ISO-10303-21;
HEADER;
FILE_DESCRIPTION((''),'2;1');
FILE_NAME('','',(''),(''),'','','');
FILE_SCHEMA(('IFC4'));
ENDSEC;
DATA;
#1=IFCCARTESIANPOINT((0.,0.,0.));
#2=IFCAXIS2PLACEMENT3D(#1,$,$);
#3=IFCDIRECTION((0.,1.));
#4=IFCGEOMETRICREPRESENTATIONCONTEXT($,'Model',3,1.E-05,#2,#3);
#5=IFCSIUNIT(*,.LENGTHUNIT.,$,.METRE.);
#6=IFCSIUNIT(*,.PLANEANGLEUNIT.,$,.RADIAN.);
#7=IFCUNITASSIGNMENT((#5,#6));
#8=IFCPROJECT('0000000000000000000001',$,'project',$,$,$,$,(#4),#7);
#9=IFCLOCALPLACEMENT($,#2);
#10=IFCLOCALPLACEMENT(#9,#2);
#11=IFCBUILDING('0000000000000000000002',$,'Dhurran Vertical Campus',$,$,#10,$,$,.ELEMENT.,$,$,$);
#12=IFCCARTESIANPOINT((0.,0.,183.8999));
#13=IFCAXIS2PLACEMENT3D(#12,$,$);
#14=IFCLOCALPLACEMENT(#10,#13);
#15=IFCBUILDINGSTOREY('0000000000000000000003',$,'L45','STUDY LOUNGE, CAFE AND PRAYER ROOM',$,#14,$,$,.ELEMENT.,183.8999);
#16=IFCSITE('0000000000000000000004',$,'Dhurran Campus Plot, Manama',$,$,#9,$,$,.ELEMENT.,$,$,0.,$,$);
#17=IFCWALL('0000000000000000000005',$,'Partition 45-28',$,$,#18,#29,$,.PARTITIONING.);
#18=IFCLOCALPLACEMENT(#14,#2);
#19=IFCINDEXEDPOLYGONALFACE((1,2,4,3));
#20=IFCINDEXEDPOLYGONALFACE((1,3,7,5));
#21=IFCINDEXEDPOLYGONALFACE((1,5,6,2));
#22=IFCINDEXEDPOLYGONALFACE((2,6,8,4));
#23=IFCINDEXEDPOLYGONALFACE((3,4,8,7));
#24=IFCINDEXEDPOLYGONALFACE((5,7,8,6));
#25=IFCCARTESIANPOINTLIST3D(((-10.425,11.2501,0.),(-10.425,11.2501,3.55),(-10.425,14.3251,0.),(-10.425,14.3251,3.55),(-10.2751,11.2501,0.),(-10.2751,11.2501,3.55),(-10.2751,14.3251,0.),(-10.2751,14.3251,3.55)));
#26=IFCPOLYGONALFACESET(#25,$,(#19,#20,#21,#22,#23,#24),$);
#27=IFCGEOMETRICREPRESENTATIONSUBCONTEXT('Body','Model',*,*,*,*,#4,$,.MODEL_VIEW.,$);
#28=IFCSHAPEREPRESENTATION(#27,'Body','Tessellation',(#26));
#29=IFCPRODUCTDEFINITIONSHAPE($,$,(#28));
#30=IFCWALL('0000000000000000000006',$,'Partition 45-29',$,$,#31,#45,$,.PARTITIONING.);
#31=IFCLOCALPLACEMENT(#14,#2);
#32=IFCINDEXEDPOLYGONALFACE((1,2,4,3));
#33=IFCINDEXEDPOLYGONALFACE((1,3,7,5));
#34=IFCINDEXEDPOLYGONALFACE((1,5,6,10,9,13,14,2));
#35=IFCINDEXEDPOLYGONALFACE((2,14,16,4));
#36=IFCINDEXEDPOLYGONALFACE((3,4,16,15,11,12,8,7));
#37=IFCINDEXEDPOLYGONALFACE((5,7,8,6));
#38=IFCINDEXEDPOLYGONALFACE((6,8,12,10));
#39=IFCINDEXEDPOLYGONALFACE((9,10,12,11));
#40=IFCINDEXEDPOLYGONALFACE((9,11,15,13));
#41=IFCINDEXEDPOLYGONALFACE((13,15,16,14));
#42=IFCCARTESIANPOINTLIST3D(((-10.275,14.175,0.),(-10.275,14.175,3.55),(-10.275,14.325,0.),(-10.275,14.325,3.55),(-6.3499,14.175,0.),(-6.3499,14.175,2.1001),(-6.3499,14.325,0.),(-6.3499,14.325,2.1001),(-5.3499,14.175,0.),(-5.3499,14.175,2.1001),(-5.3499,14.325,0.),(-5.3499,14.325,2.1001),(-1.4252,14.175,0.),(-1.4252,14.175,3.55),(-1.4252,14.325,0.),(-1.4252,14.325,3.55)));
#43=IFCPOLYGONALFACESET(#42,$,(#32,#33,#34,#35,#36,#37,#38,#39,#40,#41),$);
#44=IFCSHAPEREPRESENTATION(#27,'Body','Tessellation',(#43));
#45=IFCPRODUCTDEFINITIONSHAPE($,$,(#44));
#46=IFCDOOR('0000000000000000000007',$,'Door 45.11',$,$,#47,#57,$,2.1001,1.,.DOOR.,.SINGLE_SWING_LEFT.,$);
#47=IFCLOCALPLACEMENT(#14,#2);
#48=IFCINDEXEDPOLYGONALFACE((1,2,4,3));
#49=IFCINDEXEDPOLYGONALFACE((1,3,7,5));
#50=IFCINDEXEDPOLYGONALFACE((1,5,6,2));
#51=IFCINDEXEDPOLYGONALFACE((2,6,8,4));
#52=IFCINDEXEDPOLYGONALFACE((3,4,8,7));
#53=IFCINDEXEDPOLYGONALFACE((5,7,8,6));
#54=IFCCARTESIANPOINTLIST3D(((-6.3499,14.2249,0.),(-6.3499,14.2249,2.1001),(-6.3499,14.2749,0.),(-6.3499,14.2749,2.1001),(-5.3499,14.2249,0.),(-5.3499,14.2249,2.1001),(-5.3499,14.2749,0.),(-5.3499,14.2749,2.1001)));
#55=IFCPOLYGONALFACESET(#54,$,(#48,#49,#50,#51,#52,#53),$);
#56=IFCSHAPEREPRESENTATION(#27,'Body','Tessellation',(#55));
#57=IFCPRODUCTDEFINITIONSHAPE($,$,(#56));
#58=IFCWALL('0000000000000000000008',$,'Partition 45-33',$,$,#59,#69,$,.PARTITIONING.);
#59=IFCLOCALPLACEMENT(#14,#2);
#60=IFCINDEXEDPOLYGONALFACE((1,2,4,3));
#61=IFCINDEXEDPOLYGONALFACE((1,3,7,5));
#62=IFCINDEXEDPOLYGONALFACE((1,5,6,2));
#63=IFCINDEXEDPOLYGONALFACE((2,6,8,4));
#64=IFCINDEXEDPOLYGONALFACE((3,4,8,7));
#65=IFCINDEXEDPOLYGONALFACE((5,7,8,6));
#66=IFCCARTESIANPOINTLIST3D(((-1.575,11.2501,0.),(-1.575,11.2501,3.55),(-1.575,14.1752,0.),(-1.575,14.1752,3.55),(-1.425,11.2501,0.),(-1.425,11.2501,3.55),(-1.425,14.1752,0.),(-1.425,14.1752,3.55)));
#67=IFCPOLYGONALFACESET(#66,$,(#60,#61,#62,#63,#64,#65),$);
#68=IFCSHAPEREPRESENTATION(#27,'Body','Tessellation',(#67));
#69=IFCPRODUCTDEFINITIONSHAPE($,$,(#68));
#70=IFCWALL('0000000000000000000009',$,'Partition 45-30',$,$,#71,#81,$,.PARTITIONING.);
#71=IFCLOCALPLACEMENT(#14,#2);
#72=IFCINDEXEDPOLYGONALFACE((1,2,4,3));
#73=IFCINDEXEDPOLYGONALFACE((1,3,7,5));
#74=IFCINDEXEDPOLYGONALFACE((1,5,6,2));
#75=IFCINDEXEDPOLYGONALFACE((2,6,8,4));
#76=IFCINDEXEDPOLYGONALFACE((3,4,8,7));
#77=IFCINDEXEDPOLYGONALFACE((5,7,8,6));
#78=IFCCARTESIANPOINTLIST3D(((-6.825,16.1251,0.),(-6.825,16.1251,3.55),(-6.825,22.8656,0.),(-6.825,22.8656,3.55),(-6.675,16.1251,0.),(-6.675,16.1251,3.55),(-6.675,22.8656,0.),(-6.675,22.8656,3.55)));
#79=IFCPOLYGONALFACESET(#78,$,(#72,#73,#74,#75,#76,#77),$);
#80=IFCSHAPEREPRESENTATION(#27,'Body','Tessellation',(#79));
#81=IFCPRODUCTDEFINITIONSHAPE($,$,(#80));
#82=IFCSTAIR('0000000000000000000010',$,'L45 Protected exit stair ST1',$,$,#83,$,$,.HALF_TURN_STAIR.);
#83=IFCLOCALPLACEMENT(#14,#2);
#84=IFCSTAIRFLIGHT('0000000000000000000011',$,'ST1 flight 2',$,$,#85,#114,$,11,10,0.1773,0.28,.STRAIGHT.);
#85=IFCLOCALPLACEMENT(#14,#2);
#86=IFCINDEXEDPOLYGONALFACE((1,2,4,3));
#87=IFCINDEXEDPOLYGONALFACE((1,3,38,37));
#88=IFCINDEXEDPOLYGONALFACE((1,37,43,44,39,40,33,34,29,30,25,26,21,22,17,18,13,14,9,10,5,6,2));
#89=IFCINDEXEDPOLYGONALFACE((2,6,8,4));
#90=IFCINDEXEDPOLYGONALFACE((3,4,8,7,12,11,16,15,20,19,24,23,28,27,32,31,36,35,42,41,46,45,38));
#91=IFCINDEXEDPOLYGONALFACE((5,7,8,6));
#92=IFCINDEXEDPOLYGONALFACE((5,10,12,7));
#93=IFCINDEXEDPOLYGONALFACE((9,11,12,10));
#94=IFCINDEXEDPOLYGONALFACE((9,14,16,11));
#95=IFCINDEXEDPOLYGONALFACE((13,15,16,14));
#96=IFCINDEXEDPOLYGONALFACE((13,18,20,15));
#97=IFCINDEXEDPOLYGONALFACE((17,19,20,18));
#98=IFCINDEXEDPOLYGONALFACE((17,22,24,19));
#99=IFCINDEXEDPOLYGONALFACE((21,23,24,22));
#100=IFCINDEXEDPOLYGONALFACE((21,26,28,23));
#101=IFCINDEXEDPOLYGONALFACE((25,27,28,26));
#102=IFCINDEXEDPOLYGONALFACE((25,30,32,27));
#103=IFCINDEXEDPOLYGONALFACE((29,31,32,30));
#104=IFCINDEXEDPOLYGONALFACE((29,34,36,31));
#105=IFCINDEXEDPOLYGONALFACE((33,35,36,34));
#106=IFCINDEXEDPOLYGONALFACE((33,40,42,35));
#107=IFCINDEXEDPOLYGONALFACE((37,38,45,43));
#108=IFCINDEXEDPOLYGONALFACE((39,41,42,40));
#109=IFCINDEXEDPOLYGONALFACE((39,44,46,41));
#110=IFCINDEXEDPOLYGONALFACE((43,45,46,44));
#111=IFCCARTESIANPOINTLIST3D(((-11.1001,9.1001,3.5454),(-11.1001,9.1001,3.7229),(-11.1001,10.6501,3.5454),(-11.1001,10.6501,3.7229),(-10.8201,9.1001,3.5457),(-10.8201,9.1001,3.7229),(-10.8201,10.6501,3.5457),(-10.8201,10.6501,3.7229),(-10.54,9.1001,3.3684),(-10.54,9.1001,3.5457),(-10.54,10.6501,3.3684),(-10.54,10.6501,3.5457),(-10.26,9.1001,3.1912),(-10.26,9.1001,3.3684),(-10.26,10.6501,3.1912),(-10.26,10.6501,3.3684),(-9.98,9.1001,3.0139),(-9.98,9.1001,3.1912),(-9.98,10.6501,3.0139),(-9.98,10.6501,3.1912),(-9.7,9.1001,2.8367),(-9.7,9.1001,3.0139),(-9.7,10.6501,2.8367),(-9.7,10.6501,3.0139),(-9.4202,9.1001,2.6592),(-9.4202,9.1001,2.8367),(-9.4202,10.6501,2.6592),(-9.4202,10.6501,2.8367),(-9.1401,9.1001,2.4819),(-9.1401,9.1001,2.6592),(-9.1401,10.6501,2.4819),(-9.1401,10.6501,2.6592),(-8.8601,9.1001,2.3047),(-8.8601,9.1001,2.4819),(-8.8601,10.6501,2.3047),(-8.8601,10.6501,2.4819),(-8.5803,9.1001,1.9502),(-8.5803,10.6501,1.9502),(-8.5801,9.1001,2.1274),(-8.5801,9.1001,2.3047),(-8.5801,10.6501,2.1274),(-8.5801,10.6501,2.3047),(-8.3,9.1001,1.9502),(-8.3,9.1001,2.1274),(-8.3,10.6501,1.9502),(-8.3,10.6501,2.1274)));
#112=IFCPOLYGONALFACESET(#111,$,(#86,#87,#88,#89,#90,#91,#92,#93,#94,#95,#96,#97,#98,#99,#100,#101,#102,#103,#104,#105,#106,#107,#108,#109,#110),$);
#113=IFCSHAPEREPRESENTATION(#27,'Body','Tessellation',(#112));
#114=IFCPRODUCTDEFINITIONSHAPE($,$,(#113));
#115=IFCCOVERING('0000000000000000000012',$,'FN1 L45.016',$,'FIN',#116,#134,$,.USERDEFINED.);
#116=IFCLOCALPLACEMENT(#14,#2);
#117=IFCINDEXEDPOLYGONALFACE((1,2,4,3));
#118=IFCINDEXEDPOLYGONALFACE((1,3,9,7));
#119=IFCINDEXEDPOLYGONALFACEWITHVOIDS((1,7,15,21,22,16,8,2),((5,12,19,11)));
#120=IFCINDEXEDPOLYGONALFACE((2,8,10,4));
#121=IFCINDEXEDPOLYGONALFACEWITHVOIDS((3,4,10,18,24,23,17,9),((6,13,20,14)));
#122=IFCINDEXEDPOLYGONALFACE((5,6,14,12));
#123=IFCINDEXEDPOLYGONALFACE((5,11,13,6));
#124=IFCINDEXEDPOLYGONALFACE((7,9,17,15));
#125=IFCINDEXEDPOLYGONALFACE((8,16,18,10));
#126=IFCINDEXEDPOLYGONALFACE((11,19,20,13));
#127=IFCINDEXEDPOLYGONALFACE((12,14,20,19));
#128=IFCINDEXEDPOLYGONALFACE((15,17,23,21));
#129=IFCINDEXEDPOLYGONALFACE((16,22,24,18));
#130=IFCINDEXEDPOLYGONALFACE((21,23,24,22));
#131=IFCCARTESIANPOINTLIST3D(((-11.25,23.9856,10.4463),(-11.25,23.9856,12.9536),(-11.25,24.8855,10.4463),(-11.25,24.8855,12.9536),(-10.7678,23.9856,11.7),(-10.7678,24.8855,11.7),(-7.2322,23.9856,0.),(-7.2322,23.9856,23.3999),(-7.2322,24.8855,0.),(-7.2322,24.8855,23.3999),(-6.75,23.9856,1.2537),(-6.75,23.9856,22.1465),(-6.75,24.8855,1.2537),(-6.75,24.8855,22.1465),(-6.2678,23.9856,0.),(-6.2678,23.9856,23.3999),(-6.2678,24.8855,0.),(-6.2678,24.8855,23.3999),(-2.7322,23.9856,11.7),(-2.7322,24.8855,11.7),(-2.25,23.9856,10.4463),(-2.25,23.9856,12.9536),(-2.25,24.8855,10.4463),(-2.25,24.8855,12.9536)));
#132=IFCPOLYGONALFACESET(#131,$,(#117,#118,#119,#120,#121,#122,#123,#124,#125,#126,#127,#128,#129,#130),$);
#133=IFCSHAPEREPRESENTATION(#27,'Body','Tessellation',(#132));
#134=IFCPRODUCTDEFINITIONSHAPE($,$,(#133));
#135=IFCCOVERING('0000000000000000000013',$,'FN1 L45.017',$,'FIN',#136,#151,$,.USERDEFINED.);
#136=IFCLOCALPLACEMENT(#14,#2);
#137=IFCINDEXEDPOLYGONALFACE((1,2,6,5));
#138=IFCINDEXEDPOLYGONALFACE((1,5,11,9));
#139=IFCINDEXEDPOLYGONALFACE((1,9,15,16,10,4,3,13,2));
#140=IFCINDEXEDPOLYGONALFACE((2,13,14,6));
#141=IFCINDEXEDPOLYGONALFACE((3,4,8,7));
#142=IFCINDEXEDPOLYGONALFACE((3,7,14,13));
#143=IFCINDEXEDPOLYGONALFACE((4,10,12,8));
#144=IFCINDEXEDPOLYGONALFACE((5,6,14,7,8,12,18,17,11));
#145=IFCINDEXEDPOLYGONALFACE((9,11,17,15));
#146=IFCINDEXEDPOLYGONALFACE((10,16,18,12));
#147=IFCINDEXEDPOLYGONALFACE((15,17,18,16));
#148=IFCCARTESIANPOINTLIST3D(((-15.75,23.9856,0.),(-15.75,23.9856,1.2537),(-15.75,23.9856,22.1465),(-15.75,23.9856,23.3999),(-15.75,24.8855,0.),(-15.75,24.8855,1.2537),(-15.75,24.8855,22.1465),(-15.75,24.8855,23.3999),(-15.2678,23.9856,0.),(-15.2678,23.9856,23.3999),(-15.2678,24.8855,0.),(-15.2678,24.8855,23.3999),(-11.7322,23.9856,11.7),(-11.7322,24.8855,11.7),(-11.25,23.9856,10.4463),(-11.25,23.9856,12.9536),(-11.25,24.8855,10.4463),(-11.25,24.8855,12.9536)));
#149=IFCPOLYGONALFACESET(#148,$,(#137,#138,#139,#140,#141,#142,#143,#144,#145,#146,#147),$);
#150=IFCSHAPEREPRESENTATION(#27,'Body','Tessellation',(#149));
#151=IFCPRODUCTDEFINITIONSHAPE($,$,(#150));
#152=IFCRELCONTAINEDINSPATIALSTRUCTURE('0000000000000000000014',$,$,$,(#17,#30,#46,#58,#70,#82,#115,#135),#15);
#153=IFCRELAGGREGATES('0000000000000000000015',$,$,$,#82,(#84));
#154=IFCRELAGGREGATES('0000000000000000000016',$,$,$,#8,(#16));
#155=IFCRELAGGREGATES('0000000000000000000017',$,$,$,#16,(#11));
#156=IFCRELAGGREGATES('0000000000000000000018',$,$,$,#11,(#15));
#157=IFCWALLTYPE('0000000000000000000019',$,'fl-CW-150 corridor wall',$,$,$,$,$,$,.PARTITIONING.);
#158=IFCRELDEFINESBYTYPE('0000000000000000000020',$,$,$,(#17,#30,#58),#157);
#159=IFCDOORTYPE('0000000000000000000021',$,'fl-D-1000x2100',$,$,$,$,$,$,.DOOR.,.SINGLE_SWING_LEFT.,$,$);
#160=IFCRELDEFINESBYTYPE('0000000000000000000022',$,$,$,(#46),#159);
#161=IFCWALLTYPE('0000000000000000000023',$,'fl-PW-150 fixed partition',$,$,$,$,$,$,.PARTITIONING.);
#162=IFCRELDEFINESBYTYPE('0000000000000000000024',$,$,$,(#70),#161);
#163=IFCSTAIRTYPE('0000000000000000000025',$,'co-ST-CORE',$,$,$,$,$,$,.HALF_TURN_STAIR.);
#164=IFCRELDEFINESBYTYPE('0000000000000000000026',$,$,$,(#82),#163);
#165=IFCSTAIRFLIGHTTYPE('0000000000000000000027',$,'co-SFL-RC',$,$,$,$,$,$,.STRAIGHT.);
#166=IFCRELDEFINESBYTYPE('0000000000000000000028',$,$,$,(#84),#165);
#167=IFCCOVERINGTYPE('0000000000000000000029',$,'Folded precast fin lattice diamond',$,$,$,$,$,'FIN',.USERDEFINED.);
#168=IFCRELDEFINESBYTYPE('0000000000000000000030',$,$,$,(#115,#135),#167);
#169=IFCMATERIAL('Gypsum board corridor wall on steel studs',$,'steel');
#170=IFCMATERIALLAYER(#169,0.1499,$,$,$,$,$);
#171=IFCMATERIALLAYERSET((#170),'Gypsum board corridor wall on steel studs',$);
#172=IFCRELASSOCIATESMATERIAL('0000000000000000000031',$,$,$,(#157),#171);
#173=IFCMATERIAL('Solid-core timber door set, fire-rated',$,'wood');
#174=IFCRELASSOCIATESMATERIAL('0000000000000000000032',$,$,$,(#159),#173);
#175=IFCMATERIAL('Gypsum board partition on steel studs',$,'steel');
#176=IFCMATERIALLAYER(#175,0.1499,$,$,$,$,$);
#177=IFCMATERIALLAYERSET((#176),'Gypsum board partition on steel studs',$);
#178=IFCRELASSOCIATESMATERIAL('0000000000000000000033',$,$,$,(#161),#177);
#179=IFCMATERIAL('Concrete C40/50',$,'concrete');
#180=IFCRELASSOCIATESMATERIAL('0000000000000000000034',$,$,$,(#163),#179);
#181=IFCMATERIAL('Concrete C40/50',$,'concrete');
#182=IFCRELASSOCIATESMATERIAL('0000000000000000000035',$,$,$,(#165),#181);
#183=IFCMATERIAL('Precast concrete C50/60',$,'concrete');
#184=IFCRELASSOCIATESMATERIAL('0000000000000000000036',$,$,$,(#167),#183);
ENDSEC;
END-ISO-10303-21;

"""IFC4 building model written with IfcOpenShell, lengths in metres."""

from ifc_helpers import new_model, si_unit, direction, frame, frame_2d, origin, place, context, subcontext, project, spatial, polyline, rectangle, outline, extrude, material, layer, layer_set, type_object, element, fill, aggregate, save


model = new_model("IFC4")

# Units and contexts
model_context = context("Model", 3, precision=1e-05, world=origin(), true_north=direction((0.0, 1.0)))
body_context = subcontext(model_context, "Body", "Model", "MODEL_VIEW")
ifc_project = project(units=[si_unit("LENGTHUNIT", "METRE"), si_unit("PLANEANGLEUNIT", "RADIAN")], contexts=[model_context])

# Site, building, storey
site_placement = place(None, origin())
site = spatial("IfcSite", under=ifc_project, at=site_placement, Name="Dhurran Campus Plot, Manama", CompositionType="ELEMENT", RefElevation=0.0)
building_placement = place(site_placement, origin())
building = spatial("IfcBuilding", under=site, at=building_placement, Name="Dhurran Vertical Campus", CompositionType="ELEMENT")
storey_placement = place(building_placement, frame((0.0, 0.0, 183.8999)))
storey = spatial("IfcBuildingStorey", under=building, at=storey_placement, Name="L45", Description="STUDY LOUNGE, CAFE AND PRAYER ROOM", CompositionType="ELEMENT", Elevation=183.8999)

# Shared definitions
ifc_material_1 = material(Name="Gypsum board corridor wall on steel studs", Category="steel")
ifc_layer_1 = layer(ifc_material_1, 0.1499)
ifc_layer_set_1 = layer_set([ifc_layer_1], Name="Gypsum board corridor wall on steel studs")
wall_type_1 = type_object("IfcWallType", Name="fl-CW-150 corridor wall", PredefinedType="PARTITIONING", material=ifc_layer_set_1)
ifc_material_2 = material(Name="Solid-core timber door set, fire-rated", Category="wood")
door_type = type_object("IfcDoorType", Name="fl-D-1000x2100", OperationType="SINGLE_SWING_LEFT", PredefinedType="DOOR", material=ifc_material_2)

# Wall
wall_1_placement = place(storey_placement, frame((-10.3501, 11.25, 0.0), z_axis=(0.0, 0.0, 1.0), x_axis=(0.0, 1.0, 0.0)))
element("IfcWall", 1, at=wall_1_placement, inside=storey, type_object=wall_type_1, Name="Partition 45-28", PredefinedType="PARTITIONING", context=body_context, shape_type="SweptSolid", body=[
    extrude(rectangle(XDim=3.075, YDim=0.1499, at=frame_2d((1.5376, 0.0))), origin(), (0.0, 0.0, 1.0), 3.55),
])

# Wall, opening, door
wall_2_placement = place(storey_placement, frame((-10.2749, 14.25, 0.0), z_axis=(0.0, 0.0, 1.0), x_axis=(1.0, 0.0, 0.0)))
wall_2 = element("IfcWall", 2, at=wall_2_placement, inside=storey, type_object=wall_type_1, Name="Partition 45-29", PredefinedType="PARTITIONING", context=body_context, shape_type="SweptSolid", body=[
    extrude(rectangle(XDim=8.8499, YDim=0.1499, at=frame_2d((4.4248, 0.0))), origin(), (0.0, 0.0, 1.0), 3.55),
])
opening_1_placement = place(wall_2_placement, frame((3.925, 0.0, 0.0)))
opening_1 = element("IfcOpeningElement", 3, at=opening_1_placement, cuts=wall_2, PredefinedType="OPENING", context=body_context, shape_type="SweptSolid", body=[
    extrude(rectangle(XDim=1.0, YDim=2.1001, at=frame_2d((0.5, 1.05))), frame((0.0, 0.085, 0.0), z_axis=(0.0, -1.0, 0.0), x_axis=(1.0, 0.0, 0.0)), (0.0, 0.0, 1.0), 0.1699),
])
door_1_placement = place(opening_1_placement, origin())
door_1 = element("IfcDoor", 4, at=door_1_placement, inside=storey, type_object=door_type, Name="Door 45.11", OperationType="SINGLE_SWING_LEFT", OverallHeight=2.1001, OverallWidth=1.0, PredefinedType="DOOR", context=body_context, shape_type="SweptSolid", body=[
    extrude(rectangle(XDim=1.0, YDim=2.1001, at=frame_2d((0.5, 1.05))), frame((0.0, 0.0249, 0.0), z_axis=(0.0, -1.0, 0.0), x_axis=(1.0, 0.0, 0.0)), (0.0, 0.0, 1.0), 0.05),
])
fill(opening_1, door_1)

# Walls
wall_3_placement = place(storey_placement, frame((-1.5, 14.175, 0.0), z_axis=(0.0, 0.0, 1.0), x_axis=(0.0, -1.0, 0.0)))
element("IfcWall", 5, at=wall_3_placement, inside=storey, type_object=wall_type_1, Name="Partition 45-33", PredefinedType="PARTITIONING", context=body_context, shape_type="SweptSolid", body=[
    extrude(rectangle(XDim=2.925, YDim=0.1499, at=frame_2d((1.4624, 0.0))), origin(), (0.0, 0.0, 1.0), 3.55),
])
ifc_material_3 = material(Name="Gypsum board partition on steel studs", Category="steel")
ifc_layer_2 = layer(ifc_material_3, 0.1499)
ifc_layer_set_2 = layer_set([ifc_layer_2], Name="Gypsum board partition on steel studs")
wall_type_2 = type_object("IfcWallType", Name="fl-PW-150 fixed partition", PredefinedType="PARTITIONING", material=ifc_layer_set_2)
wall_4_placement = place(storey_placement, frame((-6.75, 22.8655, 0.0), z_axis=(0.0, 0.0, 1.0), x_axis=(0.0, -1.0, 0.0)))
element("IfcWall", 6, at=wall_4_placement, inside=storey, type_object=wall_type_2, Name="Partition 45-30", PredefinedType="PARTITIONING", context=body_context, shape_type="SweptSolid", body=[
    extrude(rectangle(XDim=6.7405, YDim=0.1499, at=frame_2d((3.3701, 0.0))), origin(), (0.0, 0.0, 1.0), 3.55),
])

# Stair, stair flight
ifc_material_4 = material(Name="Concrete C40/50", Category="concrete")
stair_type = type_object("IfcStairType", Name="co-ST-CORE", PredefinedType="HALF_TURN_STAIR", material=ifc_material_4)
stair_placement = place(storey_placement, origin())
stair = element("IfcStair", 7, at=stair_placement, inside=storey, type_object=stair_type, Name="L45 Protected exit stair ST1", PredefinedType="HALF_TURN_STAIR")
ifc_material_5 = material(Name="Concrete C40/50", Category="concrete")
stair_flight_type = type_object("IfcStairFlightType", Name="co-SFL-RC", PredefinedType="STRAIGHT", material=ifc_material_5)
stair_flight_placement = place(storey_placement, frame((-8.3, 9.875, 1.9502), z_axis=(0.0, 0.0, 1.0), x_axis=(-1.0, 0.0, 0.0)))
stair_flight = element("IfcStairFlight", 8, at=stair_flight_placement, type_object=stair_flight_type, Name="ST1 flight 2", NumberOfRisers=11, NumberOfTreads=10, PredefinedType="STRAIGHT", RiserHeight=0.1773, TreadLength=0.28, context=body_context, shape_type="SweptSolid", body=[
    extrude(outline(polyline([(0.0, 0.0), (0.0, 0.1772), (0.28, 0.1772), (0.28, 0.3545), (0.5601, 0.3545), (0.5601, 0.5317), (0.8401, 0.5317), (0.8401, 0.709), (1.1201, 0.709), (1.1201, 0.8865), (1.3999, 0.8865), (1.3999, 1.0637), (1.6799, 1.0637), (1.6799, 1.241), (1.96, 1.241), (1.96, 1.4182), (2.24, 1.4182), (2.24, 1.5955), (2.52, 1.5955), (2.52, 1.7727), (2.8, 1.7727), (2.8, 1.95), (2.8, 1.5952), (0.2803, 0.0), (0.0, 0.0)])), frame((0.0, 0.7749, 0.0), z_axis=(0.0, -1.0, 0.0), x_axis=(1.0, 0.0, 0.0)), (0.0, 0.0, 1.0), 1.55),
])
aggregate(stair, [stair_flight])

# Coverings
ifc_material_6 = material(Name="Precast concrete C50/60", Category="concrete")
covering_type = type_object("IfcCoveringType", Name="Folded precast fin lattice diamond", ElementType="FIN", PredefinedType="USERDEFINED", material=ifc_material_6)
covering_1_placement = place(storey_placement, frame((-2.25, 23.9856, 0.0), z_axis=(0.0, 1.0, 0.0), x_axis=(-1.0, 0.0, 0.0)))
element("IfcCovering", 9, at=covering_1_placement, inside=storey, type_object=covering_type, Name="FN1 L45.016", ObjectType="FIN", PredefinedType="USERDEFINED", context=body_context, shape_type="SweptSolid", body=[
    extrude(outline(polyline([(9.0, 12.9536), (9.0, 10.4463), (4.9822, 0.0), (4.0178, 0.0), (0.0, 10.4463), (0.0, 12.9536), (4.0178, 23.3999), (4.9822, 23.3999), (9.0, 12.9536)]), holes=[polyline([(8.5178, 11.7), (4.5, 22.1465), (0.4822, 11.7), (4.5, 1.2537), (8.5178, 11.7)])]), origin(), (0.0, 0.0, 1.0), 0.8999),
])
covering_2_placement = place(storey_placement, frame((-11.25, 23.9856, 0.0), z_axis=(0.0, 1.0, 0.0), x_axis=(-1.0, 0.0, 0.0)))
element("IfcCovering", 10, at=covering_2_placement, inside=storey, type_object=covering_type, Name="FN1 L45.017", ObjectType="FIN", PredefinedType="USERDEFINED", context=body_context, shape_type="SweptSolid", body=[
    extrude(outline(polyline([(4.0178, 0.0), (0.0, 10.4463), (0.0, 12.9536), (4.0178, 23.3999), (4.5, 23.3999), (4.5, 22.1465), (0.4822, 11.7), (4.5, 1.2537), (4.5, 0.0), (4.0178, 0.0)])), origin(), (0.0, 0.0, 1.0), 0.8999),
])

save(model, "model.ifc")
